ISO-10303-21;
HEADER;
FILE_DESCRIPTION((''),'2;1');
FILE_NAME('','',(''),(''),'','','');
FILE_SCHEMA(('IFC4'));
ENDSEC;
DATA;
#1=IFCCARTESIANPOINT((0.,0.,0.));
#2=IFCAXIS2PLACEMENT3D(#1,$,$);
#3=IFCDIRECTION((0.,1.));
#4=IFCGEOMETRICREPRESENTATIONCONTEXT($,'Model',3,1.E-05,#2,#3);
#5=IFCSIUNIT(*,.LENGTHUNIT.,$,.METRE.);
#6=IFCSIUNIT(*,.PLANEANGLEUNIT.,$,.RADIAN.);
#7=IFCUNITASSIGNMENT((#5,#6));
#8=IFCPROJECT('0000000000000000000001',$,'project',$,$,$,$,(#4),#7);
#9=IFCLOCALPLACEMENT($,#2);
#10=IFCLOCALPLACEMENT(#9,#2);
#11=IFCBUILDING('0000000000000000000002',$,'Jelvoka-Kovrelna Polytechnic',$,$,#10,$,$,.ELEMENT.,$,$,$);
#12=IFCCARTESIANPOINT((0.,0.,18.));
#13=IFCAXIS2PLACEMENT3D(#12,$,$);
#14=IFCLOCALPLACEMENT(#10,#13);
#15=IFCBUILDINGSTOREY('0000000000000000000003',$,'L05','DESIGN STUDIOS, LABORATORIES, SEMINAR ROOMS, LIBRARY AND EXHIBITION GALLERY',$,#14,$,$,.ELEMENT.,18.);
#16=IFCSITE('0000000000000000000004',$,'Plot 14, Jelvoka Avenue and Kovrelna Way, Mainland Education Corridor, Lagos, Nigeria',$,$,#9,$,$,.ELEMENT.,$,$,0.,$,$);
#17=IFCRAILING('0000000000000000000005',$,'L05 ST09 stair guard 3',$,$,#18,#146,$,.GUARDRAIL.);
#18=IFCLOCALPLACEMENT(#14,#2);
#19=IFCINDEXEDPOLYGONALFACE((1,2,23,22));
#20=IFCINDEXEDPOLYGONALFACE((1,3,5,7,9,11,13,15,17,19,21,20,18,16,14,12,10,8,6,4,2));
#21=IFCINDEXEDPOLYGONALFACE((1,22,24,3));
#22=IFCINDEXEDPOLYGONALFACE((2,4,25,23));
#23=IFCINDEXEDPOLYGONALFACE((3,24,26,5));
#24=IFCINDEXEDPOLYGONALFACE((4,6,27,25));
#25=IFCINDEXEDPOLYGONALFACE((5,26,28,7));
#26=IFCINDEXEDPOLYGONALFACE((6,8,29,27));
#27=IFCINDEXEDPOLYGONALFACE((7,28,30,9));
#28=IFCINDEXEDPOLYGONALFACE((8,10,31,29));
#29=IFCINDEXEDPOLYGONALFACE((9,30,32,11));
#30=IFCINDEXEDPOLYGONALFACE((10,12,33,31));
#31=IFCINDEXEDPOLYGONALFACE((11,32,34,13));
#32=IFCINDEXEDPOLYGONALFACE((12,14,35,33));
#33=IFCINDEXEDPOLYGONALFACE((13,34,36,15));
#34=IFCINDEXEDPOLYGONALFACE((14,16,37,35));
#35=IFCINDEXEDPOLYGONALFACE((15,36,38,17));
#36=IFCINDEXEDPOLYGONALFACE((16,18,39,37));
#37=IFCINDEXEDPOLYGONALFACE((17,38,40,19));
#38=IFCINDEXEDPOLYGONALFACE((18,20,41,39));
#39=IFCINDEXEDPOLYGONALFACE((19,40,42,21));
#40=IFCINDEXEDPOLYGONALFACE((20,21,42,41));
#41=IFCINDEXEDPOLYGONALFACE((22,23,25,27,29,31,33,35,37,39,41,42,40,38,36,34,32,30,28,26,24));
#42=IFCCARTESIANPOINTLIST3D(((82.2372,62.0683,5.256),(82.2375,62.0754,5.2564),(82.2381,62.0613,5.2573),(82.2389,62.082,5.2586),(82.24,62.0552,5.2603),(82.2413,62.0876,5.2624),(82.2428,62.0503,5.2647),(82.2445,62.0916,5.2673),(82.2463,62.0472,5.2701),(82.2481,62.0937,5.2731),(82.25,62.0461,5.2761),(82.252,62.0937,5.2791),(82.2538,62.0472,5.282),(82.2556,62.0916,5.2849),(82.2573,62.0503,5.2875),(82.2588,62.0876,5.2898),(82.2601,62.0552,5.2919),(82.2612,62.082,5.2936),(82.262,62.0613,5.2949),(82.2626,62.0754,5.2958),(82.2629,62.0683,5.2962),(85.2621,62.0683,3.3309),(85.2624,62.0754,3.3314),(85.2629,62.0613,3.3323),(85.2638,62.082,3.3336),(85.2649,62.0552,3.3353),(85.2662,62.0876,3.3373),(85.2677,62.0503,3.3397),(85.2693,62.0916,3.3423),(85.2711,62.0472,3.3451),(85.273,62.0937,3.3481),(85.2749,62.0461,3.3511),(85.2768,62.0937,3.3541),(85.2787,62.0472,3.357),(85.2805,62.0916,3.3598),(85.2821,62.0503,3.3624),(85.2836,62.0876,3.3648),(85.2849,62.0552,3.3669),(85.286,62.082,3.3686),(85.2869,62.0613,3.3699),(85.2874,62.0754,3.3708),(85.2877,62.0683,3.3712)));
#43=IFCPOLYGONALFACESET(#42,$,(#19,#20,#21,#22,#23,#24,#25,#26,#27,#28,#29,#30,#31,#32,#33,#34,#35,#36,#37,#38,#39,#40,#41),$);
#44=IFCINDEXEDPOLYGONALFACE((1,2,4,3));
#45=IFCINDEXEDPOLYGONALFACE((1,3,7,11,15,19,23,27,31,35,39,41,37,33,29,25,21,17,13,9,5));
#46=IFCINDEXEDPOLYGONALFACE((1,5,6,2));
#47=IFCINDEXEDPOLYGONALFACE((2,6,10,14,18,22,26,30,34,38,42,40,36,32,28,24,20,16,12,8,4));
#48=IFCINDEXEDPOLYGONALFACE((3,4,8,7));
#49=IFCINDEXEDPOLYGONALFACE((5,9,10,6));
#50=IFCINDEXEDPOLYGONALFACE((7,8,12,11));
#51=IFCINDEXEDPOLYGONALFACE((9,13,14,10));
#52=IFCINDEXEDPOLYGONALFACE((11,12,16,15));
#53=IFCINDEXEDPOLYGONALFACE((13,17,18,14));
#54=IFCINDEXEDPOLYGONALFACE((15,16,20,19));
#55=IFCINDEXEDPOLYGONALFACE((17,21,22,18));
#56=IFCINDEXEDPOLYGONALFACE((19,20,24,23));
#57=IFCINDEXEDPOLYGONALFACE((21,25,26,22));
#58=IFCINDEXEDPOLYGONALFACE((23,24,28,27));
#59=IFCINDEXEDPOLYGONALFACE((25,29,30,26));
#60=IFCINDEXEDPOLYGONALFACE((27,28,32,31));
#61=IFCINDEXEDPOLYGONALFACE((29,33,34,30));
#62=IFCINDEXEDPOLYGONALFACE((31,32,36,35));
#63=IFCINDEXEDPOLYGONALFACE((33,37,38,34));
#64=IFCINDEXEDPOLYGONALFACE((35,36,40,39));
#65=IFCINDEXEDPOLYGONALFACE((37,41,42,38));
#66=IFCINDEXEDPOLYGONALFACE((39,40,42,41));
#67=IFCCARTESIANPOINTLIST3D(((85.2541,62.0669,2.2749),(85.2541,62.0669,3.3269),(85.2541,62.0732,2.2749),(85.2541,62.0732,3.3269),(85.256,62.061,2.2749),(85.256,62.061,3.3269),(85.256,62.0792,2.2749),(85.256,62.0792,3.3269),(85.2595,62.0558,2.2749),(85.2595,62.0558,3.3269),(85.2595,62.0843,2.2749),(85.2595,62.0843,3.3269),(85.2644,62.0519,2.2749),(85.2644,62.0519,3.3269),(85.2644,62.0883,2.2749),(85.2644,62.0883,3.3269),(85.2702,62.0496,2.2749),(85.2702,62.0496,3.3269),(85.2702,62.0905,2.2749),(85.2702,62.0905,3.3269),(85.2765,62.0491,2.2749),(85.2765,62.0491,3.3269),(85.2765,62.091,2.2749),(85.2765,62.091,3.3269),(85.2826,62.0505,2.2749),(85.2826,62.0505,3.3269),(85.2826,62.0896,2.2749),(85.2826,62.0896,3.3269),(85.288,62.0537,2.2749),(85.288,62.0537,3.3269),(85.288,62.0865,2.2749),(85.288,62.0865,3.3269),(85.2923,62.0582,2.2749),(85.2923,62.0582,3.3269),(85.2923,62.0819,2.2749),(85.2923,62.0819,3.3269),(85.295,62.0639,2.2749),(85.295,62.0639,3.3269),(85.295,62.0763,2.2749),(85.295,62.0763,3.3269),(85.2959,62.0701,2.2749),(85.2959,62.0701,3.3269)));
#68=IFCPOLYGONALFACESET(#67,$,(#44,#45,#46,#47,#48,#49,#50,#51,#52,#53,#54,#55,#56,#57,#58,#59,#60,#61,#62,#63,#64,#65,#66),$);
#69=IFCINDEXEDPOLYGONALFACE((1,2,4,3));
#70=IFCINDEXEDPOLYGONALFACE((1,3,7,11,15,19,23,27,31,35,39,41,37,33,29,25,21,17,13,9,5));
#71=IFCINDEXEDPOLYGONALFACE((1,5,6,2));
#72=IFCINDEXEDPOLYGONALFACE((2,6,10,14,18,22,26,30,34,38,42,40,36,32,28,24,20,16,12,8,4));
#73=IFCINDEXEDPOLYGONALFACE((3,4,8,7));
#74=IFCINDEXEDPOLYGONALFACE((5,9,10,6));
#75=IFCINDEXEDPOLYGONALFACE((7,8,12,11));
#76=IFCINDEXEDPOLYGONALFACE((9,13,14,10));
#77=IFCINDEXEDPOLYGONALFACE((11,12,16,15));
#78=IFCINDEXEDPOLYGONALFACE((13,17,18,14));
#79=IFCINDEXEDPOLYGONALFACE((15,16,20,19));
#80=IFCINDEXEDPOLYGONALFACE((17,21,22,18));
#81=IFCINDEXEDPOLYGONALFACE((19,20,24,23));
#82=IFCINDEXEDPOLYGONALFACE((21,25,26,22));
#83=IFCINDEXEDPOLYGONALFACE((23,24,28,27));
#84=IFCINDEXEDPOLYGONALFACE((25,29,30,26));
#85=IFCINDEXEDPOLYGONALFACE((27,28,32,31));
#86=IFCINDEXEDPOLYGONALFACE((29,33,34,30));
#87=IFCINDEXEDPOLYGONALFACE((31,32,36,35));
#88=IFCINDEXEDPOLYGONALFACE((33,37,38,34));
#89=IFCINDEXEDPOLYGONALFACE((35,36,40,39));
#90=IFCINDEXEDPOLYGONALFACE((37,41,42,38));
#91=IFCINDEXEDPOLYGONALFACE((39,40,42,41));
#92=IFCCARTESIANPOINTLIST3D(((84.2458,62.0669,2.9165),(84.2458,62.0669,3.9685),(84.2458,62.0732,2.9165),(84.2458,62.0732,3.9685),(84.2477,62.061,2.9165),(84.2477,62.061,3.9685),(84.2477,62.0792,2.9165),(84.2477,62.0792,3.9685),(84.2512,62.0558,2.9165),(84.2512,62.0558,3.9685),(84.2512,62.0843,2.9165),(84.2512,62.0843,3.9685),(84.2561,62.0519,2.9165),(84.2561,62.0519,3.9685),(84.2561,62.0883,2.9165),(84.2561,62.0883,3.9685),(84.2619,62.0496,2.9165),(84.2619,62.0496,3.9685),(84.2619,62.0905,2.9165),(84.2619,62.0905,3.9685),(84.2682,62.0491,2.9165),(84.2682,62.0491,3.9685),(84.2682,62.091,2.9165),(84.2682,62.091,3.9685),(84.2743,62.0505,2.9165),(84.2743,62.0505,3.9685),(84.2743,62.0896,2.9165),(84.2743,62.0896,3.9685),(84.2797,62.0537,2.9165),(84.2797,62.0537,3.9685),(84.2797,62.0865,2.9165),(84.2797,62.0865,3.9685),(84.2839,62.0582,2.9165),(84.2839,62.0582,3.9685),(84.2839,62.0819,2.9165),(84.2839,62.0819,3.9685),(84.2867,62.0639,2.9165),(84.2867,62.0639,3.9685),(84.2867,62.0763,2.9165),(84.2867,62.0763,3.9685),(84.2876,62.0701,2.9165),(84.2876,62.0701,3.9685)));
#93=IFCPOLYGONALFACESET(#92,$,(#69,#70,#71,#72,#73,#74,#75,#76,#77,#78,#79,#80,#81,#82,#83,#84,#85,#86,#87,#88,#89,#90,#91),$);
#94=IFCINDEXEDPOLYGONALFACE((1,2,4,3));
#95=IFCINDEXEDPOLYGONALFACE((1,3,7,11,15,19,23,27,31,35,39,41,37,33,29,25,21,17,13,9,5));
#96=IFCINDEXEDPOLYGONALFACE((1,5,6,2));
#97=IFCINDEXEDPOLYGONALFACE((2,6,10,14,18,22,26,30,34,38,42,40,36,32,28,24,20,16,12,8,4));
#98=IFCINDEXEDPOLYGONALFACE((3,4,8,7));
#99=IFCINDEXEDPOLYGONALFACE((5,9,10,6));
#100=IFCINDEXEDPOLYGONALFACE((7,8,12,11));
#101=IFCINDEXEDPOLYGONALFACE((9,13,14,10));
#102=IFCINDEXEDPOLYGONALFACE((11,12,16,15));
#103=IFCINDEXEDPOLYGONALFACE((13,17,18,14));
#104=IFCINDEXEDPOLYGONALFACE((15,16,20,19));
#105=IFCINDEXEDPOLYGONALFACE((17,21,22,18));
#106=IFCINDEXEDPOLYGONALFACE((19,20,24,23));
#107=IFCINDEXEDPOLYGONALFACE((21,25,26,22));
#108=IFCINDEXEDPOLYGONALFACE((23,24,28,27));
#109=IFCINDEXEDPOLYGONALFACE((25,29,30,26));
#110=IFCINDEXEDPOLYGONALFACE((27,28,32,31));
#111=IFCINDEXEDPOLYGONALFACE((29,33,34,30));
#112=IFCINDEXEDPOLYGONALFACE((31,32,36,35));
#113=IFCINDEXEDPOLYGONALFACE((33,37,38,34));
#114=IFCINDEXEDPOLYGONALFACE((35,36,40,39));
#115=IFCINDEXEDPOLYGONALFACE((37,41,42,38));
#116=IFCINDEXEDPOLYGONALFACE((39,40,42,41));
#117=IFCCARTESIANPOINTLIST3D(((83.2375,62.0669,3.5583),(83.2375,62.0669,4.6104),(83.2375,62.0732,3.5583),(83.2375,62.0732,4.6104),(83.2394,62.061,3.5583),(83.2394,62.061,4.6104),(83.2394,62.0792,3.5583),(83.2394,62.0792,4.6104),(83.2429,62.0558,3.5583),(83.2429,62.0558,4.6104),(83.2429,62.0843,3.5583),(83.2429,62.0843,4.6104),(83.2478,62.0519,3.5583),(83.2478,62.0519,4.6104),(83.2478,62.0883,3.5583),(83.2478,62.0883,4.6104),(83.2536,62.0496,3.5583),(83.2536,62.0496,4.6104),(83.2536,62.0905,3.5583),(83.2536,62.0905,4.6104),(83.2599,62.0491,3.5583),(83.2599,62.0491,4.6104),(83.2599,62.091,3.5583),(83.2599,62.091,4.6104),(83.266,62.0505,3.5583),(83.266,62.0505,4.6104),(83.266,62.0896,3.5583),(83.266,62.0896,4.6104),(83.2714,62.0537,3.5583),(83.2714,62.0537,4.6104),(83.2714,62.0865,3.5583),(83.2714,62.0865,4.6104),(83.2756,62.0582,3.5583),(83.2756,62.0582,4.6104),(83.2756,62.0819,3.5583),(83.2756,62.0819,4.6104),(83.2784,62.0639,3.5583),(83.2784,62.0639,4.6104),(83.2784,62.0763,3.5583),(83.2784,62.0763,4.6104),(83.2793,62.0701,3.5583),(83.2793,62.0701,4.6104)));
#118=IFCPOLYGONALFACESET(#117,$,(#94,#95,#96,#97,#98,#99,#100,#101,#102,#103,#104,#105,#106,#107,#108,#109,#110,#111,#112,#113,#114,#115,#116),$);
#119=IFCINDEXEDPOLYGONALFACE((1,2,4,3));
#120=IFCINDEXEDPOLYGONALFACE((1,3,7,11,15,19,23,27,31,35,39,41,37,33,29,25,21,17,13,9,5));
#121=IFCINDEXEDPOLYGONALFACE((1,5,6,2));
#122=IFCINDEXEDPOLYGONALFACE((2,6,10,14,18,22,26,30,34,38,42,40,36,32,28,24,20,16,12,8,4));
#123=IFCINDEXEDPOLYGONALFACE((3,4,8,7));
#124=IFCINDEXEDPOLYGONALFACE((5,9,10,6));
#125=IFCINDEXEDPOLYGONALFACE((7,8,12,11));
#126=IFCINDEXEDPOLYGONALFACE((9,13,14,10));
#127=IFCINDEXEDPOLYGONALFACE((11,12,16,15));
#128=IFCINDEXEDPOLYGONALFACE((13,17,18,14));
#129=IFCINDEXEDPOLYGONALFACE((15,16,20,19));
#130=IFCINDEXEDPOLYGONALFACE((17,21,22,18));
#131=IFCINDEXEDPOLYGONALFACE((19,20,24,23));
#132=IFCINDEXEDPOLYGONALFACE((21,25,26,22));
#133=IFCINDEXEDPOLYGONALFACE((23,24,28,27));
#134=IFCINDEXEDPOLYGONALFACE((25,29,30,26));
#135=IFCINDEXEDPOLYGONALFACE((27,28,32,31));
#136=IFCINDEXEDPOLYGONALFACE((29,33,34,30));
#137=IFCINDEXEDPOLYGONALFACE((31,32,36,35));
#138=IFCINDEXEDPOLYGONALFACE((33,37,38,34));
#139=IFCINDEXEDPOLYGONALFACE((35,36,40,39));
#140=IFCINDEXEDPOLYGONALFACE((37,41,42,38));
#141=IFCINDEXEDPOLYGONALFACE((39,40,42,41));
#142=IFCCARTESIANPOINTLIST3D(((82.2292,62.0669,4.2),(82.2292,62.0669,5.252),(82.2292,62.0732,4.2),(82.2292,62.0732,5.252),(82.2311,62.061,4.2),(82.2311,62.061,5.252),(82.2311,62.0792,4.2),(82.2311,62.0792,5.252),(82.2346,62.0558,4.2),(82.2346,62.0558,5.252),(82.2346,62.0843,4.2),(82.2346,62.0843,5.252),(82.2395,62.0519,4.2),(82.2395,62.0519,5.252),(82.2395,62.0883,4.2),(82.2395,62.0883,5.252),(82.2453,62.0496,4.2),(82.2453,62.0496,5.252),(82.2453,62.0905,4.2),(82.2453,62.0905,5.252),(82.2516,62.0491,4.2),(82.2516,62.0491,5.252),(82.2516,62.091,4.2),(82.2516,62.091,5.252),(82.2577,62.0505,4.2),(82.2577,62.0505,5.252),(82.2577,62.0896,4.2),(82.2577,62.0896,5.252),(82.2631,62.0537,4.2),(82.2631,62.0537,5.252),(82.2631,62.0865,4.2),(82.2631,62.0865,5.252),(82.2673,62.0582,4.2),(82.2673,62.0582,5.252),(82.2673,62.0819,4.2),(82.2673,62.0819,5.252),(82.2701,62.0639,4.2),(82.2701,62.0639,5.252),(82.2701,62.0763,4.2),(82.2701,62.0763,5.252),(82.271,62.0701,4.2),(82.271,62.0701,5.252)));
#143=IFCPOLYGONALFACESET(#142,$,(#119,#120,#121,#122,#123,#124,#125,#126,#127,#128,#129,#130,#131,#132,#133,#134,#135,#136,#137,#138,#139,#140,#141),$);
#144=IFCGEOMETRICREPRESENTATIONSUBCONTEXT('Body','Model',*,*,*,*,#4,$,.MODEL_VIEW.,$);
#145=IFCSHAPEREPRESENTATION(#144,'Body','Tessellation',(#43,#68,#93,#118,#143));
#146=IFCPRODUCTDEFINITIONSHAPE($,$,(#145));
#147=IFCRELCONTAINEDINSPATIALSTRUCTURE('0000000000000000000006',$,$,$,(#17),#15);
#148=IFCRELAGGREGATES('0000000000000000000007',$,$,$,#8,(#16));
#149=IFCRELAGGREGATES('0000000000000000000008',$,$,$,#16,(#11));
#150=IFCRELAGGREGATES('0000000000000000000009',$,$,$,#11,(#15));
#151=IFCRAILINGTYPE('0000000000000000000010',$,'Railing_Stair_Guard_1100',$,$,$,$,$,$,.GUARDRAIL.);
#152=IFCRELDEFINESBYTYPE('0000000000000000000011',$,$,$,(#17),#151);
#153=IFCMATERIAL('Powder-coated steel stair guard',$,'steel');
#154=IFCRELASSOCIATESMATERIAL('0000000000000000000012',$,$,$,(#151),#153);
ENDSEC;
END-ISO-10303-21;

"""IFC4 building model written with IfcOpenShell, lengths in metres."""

from ifc_helpers import new_model, si_unit, direction, frame, origin, origin_2d, place, context, subcontext, project, spatial, circle, extrude, material, type_object, element, save


model = new_model("IFC4")

# Units and contexts
model_context = context("Model", 3, precision=1e-05, world=origin(), true_north=direction((0.0, 1.0)))
body_context = subcontext(model_context, "Body", "Model", "MODEL_VIEW")
ifc_project = project(units=[si_unit("LENGTHUNIT", "METRE"), si_unit("PLANEANGLEUNIT", "RADIAN")], contexts=[model_context])

# Site, building, storey
site_placement = place(None, origin())
site = spatial("IfcSite", under=ifc_project, at=site_placement, Name="Plot 14, Jelvoka Avenue and Kovrelna Way, Mainland Education Corridor, Lagos, Nigeria", CompositionType="ELEMENT", RefElevation=0.0)
building_placement = place(site_placement, origin())
building = spatial("IfcBuilding", under=site, at=building_placement, Name="Jelvoka-Kovrelna Polytechnic", CompositionType="ELEMENT")
storey_placement = place(building_placement, frame((0.0, 0.0, 18.0)))
storey = spatial("IfcBuildingStorey", under=building, at=storey_placement, Name="L05", Description="DESIGN STUDIOS, LABORATORIES, SEMINAR ROOMS, LIBRARY AND EXHIBITION GALLERY", CompositionType="ELEMENT", Elevation=18.0)

# Railing
ifc_material_1 = material(Name="Powder-coated steel stair guard", Category="steel")
railing_type_1 = type_object("IfcRailingType", Name="Railing_Stair_Guard_1100", PredefinedType="GUARDRAIL", material=ifc_material_1)
railing_1_placement = place(storey_placement, frame((85.2749, 62.0701, 2.2749)))
element("IfcRailing", 1, at=railing_1_placement, inside=storey, type_object=railing_type_1, Name="L05 ST09 stair guard 3", PredefinedType="GUARDRAIL", context=body_context, shape_type="SweptSolid", body=[
    extrude(circle(Radius=0.0239, at=origin_2d()), frame((0.0, 0.0, 1.0762), z_axis=(-0.843647, 0.0, 0.536898), x_axis=(0.0, -1.0, 0.0)), (0.0, 0.0, 1.0), 3.5854),
    extrude(circle(Radius=0.021, at=origin_2d()), origin(), (0.0, 0.0, 1.0), 1.052),
    extrude(circle(Radius=0.021, at=origin_2d()), frame((-1.0083, 0.0, 0.6416)), (0.0, 0.0, 1.0), 1.052),
    extrude(circle(Radius=0.021, at=origin_2d()), frame((-2.0166, 0.0, 1.2834)), (0.0, 0.0, 1.0), 1.052),
    extrude(circle(Radius=0.021, at=origin_2d()), frame((-3.0249, 0.0, 1.925)), (0.0, 0.0, 1.0), 1.052),
])

save(model, "model.ifc")
